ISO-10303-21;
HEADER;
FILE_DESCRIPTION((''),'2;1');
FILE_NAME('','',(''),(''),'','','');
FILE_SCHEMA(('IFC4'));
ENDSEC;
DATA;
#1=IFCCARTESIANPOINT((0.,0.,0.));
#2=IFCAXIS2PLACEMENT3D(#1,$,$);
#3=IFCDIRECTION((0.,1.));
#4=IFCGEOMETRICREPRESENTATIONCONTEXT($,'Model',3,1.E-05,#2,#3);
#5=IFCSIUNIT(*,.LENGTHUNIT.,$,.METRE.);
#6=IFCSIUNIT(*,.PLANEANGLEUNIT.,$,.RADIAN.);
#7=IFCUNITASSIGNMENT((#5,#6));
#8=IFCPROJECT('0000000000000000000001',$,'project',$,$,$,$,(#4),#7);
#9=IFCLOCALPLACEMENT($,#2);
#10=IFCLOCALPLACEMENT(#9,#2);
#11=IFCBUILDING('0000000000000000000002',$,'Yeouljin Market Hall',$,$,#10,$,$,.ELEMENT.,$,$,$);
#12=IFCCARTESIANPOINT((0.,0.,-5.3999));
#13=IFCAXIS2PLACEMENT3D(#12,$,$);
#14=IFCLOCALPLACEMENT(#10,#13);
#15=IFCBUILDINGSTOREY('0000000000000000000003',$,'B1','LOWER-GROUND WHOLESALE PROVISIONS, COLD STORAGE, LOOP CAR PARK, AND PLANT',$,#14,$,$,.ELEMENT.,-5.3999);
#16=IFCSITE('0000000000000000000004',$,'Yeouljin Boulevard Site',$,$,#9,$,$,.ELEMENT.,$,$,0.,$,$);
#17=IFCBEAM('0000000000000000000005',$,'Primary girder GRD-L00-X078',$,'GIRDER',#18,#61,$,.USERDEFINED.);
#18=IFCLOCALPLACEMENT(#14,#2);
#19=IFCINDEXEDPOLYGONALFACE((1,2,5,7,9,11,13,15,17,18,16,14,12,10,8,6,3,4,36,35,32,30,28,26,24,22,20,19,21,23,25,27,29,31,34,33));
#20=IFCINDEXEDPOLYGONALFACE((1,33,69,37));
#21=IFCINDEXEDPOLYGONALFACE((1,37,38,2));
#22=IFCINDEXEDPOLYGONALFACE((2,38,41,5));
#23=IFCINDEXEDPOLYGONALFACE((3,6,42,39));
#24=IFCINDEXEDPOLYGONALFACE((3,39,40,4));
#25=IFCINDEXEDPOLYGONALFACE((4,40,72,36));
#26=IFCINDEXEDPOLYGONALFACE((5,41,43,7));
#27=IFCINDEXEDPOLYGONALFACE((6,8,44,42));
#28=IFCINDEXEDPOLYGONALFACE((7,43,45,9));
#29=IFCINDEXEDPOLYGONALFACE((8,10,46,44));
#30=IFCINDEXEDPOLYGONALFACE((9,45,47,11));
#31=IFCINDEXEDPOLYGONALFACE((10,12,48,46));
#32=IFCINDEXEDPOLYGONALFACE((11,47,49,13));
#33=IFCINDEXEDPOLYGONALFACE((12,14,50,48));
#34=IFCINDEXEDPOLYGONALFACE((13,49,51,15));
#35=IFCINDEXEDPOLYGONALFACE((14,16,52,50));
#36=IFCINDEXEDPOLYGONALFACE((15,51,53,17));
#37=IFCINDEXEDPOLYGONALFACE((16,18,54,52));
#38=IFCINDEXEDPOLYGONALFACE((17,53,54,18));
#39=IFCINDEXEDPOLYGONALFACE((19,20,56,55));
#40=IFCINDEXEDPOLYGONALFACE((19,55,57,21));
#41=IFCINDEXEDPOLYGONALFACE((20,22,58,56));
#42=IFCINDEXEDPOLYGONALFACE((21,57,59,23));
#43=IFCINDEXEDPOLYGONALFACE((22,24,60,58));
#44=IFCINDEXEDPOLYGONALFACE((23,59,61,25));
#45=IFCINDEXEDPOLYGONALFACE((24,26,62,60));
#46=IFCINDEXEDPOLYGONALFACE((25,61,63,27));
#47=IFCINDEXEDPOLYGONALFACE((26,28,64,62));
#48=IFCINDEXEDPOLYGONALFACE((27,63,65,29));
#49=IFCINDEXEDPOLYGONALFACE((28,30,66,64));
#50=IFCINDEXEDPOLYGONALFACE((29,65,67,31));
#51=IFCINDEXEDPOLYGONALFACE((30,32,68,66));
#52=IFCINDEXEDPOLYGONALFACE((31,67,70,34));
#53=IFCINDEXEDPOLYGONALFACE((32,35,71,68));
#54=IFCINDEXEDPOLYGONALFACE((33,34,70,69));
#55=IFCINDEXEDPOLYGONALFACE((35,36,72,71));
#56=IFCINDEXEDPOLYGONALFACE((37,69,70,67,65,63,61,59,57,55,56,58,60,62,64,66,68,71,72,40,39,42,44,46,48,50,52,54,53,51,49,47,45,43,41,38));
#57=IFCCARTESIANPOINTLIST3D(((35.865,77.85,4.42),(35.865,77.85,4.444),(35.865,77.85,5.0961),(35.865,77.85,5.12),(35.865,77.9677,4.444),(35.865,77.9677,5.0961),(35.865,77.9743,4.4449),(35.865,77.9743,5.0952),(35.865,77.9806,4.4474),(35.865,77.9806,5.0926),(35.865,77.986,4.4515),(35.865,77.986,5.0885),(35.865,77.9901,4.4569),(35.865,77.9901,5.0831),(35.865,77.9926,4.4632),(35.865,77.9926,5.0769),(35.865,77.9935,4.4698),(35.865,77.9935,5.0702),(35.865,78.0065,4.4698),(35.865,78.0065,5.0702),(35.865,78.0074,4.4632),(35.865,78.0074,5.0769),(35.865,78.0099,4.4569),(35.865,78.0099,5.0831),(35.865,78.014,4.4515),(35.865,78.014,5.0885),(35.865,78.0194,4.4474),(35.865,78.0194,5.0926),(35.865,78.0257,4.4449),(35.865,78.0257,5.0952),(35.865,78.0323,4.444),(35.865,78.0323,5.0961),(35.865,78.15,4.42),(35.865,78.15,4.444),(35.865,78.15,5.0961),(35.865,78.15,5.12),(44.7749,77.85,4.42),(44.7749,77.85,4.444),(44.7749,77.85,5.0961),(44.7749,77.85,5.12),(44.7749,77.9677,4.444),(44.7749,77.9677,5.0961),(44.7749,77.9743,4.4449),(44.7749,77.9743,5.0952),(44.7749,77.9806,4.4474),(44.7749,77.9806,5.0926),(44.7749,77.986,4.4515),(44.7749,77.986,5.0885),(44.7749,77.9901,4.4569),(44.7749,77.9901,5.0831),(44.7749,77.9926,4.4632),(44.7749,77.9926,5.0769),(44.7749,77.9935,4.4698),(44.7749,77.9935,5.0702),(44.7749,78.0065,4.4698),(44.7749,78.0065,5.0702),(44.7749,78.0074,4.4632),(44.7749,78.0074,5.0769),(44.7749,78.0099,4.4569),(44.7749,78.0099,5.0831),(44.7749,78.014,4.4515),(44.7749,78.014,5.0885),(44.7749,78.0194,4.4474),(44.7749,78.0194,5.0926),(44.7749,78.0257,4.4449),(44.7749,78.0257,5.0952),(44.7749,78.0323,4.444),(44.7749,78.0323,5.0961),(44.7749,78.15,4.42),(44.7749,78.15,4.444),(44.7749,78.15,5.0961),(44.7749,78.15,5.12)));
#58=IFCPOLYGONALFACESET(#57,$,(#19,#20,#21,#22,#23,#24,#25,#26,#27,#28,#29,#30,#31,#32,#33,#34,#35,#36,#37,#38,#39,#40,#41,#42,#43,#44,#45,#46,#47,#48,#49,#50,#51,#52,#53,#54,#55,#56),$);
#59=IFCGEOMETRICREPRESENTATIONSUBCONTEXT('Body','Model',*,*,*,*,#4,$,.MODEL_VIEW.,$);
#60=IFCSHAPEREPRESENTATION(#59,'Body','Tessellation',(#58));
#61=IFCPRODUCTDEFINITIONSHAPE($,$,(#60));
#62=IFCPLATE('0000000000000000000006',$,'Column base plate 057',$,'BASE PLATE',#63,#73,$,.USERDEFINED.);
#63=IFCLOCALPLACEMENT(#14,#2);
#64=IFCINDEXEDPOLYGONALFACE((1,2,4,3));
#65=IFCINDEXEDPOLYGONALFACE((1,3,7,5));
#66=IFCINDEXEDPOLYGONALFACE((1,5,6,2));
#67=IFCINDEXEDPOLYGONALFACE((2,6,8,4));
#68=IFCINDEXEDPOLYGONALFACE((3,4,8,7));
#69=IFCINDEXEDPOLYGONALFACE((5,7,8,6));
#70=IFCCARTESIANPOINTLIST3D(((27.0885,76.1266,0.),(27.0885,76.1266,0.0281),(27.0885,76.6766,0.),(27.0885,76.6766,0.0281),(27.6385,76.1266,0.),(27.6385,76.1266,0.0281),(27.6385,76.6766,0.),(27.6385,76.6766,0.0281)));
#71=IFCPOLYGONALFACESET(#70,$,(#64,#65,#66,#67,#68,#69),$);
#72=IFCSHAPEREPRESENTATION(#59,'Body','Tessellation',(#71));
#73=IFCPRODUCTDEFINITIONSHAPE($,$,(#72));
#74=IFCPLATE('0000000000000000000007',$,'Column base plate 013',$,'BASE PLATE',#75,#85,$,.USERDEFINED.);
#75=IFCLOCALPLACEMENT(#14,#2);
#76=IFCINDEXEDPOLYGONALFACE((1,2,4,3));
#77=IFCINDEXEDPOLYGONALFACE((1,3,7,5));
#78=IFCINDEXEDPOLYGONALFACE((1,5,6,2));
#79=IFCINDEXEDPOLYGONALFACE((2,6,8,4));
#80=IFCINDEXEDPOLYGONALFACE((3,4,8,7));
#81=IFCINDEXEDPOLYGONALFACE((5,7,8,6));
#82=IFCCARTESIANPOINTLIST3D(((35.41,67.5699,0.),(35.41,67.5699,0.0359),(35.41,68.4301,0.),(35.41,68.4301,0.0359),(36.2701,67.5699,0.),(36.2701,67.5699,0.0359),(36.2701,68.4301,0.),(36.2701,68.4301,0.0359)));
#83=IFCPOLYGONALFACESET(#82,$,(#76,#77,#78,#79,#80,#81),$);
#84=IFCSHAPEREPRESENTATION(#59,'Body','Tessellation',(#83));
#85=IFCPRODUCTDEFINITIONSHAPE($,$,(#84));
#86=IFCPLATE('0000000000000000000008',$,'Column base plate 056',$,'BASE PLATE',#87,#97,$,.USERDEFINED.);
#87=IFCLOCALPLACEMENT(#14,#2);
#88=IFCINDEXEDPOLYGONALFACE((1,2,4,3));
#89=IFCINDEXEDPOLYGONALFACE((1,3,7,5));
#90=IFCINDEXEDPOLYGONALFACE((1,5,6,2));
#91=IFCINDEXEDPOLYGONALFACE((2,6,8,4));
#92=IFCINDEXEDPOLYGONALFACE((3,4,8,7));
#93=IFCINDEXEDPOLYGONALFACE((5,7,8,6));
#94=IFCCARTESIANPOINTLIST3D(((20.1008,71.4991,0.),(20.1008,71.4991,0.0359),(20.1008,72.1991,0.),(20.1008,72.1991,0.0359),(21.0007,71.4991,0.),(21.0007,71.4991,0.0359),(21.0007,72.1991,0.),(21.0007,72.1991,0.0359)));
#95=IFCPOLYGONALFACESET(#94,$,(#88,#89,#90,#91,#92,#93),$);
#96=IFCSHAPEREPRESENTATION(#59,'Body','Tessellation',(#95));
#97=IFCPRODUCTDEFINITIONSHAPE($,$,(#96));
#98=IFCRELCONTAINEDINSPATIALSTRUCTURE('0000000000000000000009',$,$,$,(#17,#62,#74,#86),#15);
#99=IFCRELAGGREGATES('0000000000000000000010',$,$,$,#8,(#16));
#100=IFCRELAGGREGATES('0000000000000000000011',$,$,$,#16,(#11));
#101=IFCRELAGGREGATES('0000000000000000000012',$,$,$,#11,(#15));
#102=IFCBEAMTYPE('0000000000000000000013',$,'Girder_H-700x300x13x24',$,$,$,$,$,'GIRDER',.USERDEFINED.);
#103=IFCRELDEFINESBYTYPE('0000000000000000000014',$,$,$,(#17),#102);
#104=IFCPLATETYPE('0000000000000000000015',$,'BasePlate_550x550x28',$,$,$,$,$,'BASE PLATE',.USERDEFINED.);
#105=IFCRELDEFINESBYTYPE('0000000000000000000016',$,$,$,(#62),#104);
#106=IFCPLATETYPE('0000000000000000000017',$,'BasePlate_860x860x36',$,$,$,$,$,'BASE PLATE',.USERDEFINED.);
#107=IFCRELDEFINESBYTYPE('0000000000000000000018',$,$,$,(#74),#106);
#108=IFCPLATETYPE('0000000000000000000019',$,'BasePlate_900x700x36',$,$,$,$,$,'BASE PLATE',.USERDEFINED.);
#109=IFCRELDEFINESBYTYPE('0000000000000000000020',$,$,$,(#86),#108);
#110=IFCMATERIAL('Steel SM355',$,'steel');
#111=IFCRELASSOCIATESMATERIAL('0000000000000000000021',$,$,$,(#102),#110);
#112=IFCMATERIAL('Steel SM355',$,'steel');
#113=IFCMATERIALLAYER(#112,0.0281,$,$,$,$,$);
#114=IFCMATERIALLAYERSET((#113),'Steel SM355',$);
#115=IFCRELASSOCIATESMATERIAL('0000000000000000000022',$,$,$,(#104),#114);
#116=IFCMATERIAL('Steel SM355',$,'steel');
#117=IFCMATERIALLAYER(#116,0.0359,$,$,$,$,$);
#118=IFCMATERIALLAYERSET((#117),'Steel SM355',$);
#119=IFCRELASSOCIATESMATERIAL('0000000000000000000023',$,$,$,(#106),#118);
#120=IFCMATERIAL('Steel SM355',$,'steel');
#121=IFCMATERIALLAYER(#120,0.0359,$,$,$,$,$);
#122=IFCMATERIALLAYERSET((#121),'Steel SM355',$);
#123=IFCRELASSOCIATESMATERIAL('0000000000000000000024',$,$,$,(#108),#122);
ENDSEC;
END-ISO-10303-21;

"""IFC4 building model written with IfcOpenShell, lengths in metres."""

from ifc_helpers import new_model, si_unit, direction, frame, origin, origin_2d, place, context, subcontext, project, spatial, rectangle, i_section, extrude, material, layer, layer_set, material_profile, profile_set, type_object, element, save


model = new_model("IFC4")

# Units and contexts
model_context = context("Model", 3, precision=1e-05, world=origin(), true_north=direction((0.0, 1.0)))
body_context = subcontext(model_context, "Body", "Model", "MODEL_VIEW")
ifc_project = project(units=[si_unit("LENGTHUNIT", "METRE"), si_unit("PLANEANGLEUNIT", "RADIAN")], contexts=[model_context])

# Site, building, storey
site_placement = place(None, origin())
site = spatial("IfcSite", under=ifc_project, at=site_placement, Name="Yeouljin Boulevard Site", CompositionType="ELEMENT", RefElevation=0.0)
building_placement = place(site_placement, origin())
building = spatial("IfcBuilding", under=site, at=building_placement, Name="Yeouljin Market Hall", CompositionType="ELEMENT")
storey_placement = place(building_placement, frame((0.0, 0.0, -5.3999)))
storey = spatial("IfcBuildingStorey", under=building, at=storey_placement, Name="B1", Description="LOWER-GROUND WHOLESALE PROVISIONS, COLD STORAGE, LOOP CAR PARK, AND PLANT", CompositionType="ELEMENT", Elevation=-5.3999)

# Beam
ifc_material_1 = material(Name="Steel SM355", Category="steel")
ifc_material_profile_1 = material_profile(ifc_material_1, i_section(OverallWidth=0.3, OverallDepth=0.7, WebThickness=0.0129, FlangeThickness=0.0239, FilletRadius=0.0259, at=origin_2d()), Name="H-700x300x13x24")
ifc_profile_set_1 = profile_set([ifc_material_profile_1], Name="Steel SM355")
beam_type_1 = type_object("IfcBeamType", Name="Girder_H-700x300x13x24", ElementType="GIRDER", PredefinedType="USERDEFINED", material=ifc_profile_set_1)
beam_1_placement = place(storey_placement, frame((35.865, 78.0, 4.77), z_axis=(1.0, 0.0, 0.0), x_axis=(0.0, 1.0, 0.0)))
element("IfcBeam", 1, at=beam_1_placement, inside=storey, type_object=beam_type_1, Name="Primary girder GRD-L00-X078", ObjectType="GIRDER", PredefinedType="USERDEFINED", context=body_context, shape_type="SweptSolid", body=[
    extrude(i_section(OverallWidth=0.3, OverallDepth=0.7, WebThickness=0.0129, FlangeThickness=0.0239, FilletRadius=0.0259, at=origin_2d()), origin(), (0.0, 0.0, 1.0), 8.9099),
])

# Plates
ifc_material_2 = material(Name="Steel SM355", Category="steel")
ifc_layer_1 = layer(ifc_material_2, 0.0281)
ifc_layer_set_1 = layer_set([ifc_layer_1], Name="Steel SM355")
plate_type_1 = type_object("IfcPlateType", Name="BasePlate_550x550x28", ElementType="BASE PLATE", PredefinedType="USERDEFINED", material=ifc_layer_set_1)
plate_1_placement = place(storey_placement, frame((27.3635, 76.4016, 0.0), z_axis=(0.0, 0.0, 1.0), x_axis=(1.0, 0.0, 0.0)))
element("IfcPlate", 2, at=plate_1_placement, inside=storey, type_object=plate_type_1, Name="Column base plate 057", ObjectType="BASE PLATE", PredefinedType="USERDEFINED", context=body_context, shape_type="SweptSolid", body=[
    extrude(rectangle(XDim=0.55, YDim=0.55, at=origin_2d()), origin(), (0.0, 0.0, 1.0), 0.0281),
])
ifc_material_3 = material(Name="Steel SM355", Category="steel")
ifc_layer_2 = layer(ifc_material_3, 0.0359)
ifc_layer_set_2 = layer_set([ifc_layer_2], Name="Steel SM355")
plate_type_2 = type_object("IfcPlateType", Name="BasePlate_860x860x36", ElementType="BASE PLATE", PredefinedType="USERDEFINED", material=ifc_layer_set_2)
plate_2_placement = place(storey_placement, frame((35.8401, 68.0, 0.0), z_axis=(0.0, 0.0, 1.0), x_axis=(1.0, 0.0, 0.0)))
element("IfcPlate", 3, at=plate_2_placement, inside=storey, type_object=plate_type_2, Name="Column base plate 013", ObjectType="BASE PLATE", PredefinedType="USERDEFINED", context=body_context, shape_type="SweptSolid", body=[
    extrude(rectangle(XDim=0.8601, YDim=0.8601, at=origin_2d()), origin(), (0.0, 0.0, 1.0), 0.0359),
])
ifc_material_4 = material(Name="Steel SM355", Category="steel")
ifc_layer_3 = layer(ifc_material_4, 0.0359)
ifc_layer_set_3 = layer_set([ifc_layer_3], Name="Steel SM355")
plate_type_3 = type_object("IfcPlateType", Name="BasePlate_900x700x36", ElementType="BASE PLATE", PredefinedType="USERDEFINED", material=ifc_layer_set_3)
plate_3_placement = place(storey_placement, frame((20.5508, 71.8491, 0.0), z_axis=(0.0, 0.0, 1.0), x_axis=(1.0, 0.0, 0.0)))
element("IfcPlate", 4, at=plate_3_placement, inside=storey, type_object=plate_type_3, Name="Column base plate 056", ObjectType="BASE PLATE", PredefinedType="USERDEFINED", context=body_context, shape_type="SweptSolid", body=[
    extrude(rectangle(XDim=0.8999, YDim=0.7, at=origin_2d()), origin(), (0.0, 0.0, 1.0), 0.0359),
])

save(model, "model.ifc")
